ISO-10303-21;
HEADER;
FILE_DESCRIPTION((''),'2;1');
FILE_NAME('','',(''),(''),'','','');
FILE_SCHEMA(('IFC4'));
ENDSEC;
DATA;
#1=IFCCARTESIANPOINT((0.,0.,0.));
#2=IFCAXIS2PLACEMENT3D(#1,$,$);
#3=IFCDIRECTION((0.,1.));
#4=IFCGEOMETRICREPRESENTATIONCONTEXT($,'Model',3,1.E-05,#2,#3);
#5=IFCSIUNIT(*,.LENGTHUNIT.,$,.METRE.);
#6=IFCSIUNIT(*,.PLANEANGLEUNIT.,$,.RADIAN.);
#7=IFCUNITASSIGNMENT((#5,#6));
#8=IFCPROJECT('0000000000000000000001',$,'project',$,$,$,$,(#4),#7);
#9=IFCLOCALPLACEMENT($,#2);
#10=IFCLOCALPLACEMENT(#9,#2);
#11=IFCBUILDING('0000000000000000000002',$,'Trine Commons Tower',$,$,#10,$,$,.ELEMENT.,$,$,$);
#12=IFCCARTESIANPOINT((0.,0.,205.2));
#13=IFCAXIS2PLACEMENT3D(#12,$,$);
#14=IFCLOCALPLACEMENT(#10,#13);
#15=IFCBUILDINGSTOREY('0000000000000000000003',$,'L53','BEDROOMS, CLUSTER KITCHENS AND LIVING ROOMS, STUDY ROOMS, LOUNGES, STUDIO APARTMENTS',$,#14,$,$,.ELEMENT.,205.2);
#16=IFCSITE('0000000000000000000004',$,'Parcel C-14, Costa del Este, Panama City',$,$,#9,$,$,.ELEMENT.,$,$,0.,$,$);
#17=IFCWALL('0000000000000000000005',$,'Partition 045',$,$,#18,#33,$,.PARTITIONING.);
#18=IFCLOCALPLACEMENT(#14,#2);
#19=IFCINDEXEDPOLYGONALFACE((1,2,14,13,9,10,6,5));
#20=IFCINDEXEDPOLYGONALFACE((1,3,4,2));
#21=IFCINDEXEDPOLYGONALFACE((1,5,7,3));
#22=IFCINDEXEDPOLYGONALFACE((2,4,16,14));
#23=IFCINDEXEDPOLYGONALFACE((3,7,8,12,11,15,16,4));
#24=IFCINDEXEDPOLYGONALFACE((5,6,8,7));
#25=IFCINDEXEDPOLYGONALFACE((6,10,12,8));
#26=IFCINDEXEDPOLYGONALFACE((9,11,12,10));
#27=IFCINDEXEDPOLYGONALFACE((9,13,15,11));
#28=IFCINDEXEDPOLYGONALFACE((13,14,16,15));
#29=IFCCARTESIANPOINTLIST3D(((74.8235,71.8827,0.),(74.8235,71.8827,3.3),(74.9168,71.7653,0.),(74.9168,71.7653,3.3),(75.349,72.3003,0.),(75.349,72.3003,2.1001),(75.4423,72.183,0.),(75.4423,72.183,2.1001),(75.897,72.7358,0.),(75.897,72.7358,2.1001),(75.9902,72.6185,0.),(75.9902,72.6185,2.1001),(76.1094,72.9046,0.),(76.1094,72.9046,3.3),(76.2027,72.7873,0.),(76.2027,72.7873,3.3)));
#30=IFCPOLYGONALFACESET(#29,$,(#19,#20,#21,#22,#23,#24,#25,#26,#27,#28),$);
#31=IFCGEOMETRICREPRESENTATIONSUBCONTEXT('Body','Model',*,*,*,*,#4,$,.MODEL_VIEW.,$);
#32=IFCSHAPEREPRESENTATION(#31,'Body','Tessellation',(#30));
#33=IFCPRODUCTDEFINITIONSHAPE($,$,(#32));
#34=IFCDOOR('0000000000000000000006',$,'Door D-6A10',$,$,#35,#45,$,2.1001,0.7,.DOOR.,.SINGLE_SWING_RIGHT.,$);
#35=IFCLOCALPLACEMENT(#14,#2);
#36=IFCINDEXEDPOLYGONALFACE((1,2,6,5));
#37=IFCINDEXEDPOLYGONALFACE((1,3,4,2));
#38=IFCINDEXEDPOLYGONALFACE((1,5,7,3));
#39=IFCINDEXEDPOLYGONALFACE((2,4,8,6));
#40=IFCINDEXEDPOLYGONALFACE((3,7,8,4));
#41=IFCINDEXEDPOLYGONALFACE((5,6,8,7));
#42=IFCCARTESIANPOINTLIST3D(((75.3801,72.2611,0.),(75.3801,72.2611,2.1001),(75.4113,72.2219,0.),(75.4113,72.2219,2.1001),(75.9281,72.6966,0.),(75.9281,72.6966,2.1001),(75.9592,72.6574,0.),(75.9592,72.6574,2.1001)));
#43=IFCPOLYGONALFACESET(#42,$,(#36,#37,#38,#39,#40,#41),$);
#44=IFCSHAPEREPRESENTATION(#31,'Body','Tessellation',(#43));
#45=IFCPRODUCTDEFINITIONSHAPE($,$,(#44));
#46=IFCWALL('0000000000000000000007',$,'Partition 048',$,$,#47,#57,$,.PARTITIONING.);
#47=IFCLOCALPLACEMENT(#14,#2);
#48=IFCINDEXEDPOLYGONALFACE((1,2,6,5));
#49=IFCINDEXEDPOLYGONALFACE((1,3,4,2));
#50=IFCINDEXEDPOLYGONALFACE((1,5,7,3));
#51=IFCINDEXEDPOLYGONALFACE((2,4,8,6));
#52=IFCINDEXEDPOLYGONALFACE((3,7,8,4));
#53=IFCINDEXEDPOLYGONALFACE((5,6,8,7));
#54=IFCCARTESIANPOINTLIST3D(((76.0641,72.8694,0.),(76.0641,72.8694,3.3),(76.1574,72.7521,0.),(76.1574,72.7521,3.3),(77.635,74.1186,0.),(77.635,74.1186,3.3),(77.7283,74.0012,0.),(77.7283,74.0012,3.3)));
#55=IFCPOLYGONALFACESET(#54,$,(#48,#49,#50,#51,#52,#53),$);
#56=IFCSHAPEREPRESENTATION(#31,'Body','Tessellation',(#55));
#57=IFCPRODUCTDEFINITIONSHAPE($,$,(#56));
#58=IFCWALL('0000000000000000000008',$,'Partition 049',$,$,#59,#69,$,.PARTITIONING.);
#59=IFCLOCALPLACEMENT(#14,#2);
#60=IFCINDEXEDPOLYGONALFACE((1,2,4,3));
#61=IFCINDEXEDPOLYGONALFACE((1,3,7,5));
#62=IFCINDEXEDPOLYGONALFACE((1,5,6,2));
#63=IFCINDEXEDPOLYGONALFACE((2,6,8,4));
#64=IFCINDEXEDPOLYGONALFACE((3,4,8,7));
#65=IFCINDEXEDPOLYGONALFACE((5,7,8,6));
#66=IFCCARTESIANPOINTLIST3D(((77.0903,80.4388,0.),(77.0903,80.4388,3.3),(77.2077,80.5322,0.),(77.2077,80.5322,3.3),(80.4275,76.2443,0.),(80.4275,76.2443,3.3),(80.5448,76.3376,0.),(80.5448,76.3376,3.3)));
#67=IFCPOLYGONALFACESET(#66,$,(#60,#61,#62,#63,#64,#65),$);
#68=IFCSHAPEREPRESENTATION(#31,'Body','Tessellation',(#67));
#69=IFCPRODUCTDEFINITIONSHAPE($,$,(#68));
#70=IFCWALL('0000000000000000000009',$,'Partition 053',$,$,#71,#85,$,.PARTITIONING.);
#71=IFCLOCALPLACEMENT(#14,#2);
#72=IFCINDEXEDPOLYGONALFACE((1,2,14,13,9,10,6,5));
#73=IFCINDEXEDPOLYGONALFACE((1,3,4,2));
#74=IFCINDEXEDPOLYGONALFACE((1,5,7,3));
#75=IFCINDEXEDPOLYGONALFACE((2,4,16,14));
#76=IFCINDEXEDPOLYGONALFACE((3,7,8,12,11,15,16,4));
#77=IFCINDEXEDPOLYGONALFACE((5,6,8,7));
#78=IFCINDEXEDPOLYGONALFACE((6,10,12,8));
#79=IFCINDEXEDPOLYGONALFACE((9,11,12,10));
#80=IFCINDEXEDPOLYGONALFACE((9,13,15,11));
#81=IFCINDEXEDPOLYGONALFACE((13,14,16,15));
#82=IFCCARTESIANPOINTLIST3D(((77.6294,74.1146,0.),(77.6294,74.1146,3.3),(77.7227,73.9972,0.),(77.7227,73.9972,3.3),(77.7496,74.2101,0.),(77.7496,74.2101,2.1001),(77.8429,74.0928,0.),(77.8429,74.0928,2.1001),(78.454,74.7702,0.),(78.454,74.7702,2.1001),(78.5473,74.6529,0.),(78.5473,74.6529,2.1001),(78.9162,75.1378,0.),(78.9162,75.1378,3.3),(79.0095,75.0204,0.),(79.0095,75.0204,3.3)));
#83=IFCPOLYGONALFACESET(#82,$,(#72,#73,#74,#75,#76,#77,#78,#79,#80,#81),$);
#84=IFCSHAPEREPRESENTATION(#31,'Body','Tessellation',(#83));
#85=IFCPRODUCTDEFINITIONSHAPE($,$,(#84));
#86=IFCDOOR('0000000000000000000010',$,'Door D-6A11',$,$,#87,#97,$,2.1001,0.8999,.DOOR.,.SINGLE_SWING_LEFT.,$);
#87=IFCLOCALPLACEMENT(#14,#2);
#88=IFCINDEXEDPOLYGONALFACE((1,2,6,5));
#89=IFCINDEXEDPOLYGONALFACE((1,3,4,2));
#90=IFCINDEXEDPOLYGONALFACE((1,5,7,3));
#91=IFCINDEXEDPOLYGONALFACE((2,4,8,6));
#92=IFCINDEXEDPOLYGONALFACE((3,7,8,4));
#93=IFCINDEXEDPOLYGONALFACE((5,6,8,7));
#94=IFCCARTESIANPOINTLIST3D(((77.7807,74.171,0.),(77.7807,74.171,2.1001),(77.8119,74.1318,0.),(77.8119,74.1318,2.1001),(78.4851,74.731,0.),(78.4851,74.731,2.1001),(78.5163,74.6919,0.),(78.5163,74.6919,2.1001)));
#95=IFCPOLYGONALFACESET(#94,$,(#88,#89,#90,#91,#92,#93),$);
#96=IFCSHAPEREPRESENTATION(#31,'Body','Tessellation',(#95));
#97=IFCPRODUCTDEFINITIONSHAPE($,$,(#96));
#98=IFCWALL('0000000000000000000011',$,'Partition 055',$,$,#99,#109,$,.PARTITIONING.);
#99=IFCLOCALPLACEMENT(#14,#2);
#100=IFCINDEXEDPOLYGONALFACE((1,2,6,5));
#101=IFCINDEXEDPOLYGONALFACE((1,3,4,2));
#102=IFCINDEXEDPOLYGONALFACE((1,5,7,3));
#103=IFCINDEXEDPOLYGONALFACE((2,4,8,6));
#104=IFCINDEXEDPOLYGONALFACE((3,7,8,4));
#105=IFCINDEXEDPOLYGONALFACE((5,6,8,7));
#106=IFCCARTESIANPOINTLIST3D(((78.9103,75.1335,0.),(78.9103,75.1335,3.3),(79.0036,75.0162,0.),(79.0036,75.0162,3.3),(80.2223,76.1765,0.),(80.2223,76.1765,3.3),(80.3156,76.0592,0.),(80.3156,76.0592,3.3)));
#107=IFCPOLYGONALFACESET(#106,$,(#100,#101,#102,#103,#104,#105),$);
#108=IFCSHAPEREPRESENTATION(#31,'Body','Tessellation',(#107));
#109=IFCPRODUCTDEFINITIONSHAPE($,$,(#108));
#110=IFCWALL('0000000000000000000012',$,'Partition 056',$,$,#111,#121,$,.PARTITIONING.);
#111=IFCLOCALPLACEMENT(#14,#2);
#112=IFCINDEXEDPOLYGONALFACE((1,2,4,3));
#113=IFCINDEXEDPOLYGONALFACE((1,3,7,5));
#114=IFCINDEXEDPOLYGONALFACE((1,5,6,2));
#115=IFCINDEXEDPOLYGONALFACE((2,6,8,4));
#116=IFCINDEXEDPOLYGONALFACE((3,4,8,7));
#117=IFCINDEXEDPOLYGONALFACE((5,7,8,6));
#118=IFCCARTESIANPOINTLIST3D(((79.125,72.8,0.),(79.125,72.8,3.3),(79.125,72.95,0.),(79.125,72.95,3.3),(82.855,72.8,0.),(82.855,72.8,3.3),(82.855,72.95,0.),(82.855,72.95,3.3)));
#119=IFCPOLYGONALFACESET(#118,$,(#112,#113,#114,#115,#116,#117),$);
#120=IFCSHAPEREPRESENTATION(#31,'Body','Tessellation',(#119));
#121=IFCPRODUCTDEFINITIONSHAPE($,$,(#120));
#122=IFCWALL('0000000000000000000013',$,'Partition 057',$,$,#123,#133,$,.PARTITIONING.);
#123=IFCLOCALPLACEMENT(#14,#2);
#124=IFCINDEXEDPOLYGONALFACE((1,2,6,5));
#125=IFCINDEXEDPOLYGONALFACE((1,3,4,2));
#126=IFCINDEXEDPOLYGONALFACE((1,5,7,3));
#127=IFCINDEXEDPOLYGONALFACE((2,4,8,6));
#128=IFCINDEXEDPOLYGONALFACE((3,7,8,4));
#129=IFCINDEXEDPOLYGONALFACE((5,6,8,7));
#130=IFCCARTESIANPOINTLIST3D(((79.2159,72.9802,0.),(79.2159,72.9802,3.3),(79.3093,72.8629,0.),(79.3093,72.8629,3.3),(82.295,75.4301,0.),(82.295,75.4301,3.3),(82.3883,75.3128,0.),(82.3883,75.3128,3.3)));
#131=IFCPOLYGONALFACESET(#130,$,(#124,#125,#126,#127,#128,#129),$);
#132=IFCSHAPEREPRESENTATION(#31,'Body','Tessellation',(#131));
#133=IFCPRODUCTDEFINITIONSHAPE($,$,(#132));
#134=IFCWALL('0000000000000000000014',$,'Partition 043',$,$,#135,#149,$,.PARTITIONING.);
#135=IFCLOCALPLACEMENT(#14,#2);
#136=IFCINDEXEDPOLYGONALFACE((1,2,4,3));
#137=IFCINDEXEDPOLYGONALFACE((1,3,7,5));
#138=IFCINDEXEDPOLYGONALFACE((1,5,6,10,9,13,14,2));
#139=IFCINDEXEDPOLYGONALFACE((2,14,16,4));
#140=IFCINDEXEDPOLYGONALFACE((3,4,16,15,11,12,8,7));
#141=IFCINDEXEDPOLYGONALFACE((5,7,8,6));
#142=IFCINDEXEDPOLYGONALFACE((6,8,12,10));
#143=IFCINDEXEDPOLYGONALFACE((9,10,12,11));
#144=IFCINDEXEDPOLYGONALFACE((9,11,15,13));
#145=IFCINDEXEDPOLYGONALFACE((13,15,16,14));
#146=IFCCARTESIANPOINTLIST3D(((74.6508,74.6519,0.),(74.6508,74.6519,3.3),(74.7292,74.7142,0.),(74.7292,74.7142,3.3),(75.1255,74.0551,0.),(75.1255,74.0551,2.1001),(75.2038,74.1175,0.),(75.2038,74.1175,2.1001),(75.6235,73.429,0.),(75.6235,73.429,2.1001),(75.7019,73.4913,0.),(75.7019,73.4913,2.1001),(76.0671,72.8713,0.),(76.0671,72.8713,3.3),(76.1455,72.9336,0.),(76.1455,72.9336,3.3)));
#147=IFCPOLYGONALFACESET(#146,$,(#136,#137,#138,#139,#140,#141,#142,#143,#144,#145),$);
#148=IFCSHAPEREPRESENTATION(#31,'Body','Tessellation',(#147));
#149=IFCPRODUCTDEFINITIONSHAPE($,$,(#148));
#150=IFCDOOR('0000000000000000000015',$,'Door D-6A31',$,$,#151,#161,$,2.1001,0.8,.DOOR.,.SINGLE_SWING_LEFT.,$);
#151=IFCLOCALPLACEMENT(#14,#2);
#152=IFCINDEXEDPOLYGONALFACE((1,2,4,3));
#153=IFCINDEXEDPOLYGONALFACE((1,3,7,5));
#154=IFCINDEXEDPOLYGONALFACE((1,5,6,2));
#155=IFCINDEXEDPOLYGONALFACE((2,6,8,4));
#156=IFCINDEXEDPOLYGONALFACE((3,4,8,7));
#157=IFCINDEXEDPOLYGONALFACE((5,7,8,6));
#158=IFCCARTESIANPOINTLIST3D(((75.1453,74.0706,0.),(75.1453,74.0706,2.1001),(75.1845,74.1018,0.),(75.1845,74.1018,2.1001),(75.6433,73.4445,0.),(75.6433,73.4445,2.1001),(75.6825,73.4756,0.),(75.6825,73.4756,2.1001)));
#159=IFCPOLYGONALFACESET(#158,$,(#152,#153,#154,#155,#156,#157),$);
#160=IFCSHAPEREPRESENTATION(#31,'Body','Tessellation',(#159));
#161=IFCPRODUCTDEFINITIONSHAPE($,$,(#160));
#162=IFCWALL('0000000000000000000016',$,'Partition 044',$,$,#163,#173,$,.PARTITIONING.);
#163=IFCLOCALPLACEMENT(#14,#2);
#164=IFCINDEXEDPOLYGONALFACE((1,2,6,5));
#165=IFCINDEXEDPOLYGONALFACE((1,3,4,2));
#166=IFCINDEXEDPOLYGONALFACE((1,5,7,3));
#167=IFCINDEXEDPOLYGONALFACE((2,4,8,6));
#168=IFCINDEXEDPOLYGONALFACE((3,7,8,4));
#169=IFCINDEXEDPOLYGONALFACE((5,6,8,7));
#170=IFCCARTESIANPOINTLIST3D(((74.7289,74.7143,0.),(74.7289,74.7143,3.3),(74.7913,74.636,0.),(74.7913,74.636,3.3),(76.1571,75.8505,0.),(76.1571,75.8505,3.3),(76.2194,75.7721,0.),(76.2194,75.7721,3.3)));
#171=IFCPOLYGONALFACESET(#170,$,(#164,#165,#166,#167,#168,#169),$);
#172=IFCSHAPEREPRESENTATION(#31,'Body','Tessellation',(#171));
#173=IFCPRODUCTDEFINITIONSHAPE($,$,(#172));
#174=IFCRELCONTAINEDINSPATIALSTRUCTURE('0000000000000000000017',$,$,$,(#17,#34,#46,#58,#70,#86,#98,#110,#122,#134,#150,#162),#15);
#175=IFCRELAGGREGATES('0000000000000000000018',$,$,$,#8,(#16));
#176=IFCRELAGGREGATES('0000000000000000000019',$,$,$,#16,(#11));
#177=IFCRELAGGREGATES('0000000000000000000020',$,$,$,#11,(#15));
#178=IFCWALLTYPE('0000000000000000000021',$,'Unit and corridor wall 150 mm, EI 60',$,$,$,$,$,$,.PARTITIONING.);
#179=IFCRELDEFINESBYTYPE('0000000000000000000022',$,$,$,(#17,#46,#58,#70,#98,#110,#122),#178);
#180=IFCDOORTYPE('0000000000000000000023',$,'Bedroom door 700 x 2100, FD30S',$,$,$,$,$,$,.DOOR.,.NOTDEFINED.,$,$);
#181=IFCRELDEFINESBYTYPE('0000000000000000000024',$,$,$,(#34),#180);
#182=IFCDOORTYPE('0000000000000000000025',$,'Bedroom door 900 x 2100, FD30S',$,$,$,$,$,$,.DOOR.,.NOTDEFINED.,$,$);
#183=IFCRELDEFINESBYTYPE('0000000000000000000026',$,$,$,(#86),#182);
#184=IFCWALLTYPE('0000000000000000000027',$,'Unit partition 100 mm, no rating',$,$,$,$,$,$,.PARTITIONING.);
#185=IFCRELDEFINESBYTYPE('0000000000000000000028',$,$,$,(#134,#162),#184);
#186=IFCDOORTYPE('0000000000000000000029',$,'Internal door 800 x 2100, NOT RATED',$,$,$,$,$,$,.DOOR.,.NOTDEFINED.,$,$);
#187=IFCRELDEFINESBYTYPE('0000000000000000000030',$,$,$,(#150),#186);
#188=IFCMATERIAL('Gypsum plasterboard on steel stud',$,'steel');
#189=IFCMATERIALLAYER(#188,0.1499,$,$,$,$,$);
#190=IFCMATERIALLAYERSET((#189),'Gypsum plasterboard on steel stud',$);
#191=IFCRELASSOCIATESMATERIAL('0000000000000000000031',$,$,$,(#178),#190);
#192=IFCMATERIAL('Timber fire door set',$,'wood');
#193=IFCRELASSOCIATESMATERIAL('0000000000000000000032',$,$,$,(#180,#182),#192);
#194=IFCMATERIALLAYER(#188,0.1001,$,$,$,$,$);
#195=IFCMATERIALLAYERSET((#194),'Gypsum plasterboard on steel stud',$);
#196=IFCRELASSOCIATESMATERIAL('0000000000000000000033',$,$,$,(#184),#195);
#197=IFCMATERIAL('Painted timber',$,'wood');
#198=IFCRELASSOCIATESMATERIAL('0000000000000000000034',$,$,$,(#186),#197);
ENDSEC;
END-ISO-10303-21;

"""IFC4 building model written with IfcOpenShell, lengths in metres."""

from ifc_helpers import new_model, si_unit, direction, frame, frame_2d, origin, place, context, subcontext, project, spatial, rectangle, extrude, material, layer, layer_set, type_object, element, fill, save


model = new_model("IFC4")

# Units and contexts
model_context = context("Model", 3, precision=1e-05, world=origin(), true_north=direction((0.0, 1.0)))
body_context = subcontext(model_context, "Body", "Model", "MODEL_VIEW")
ifc_project = project(units=[si_unit("LENGTHUNIT", "METRE"), si_unit("PLANEANGLEUNIT", "RADIAN")], contexts=[model_context])

# Site, building, storey
site_placement = place(None, origin())
site = spatial("IfcSite", under=ifc_project, at=site_placement, Name="Parcel C-14, Costa del Este, Panama City", CompositionType="ELEMENT", RefElevation=0.0)
building_placement = place(site_placement, origin())
building = spatial("IfcBuilding", under=site, at=building_placement, Name="Trine Commons Tower", CompositionType="ELEMENT")
storey_placement = place(building_placement, frame((0.0, 0.0, 205.2)))
storey = spatial("IfcBuildingStorey", under=building, at=storey_placement, Name="L53", Description="BEDROOMS, CLUSTER KITCHENS AND LIVING ROOMS, STUDY ROOMS, LOUNGES, STUDIO APARTMENTS", CompositionType="ELEMENT", Elevation=205.2)

# Shared definitions
ifc_material_1 = material(Name="Gypsum plasterboard on steel stud", Category="steel")
ifc_layer_1 = layer(ifc_material_1, 0.1499)
ifc_layer_set_1 = layer_set([ifc_layer_1], Name="Gypsum plasterboard on steel stud")
wall_type_1 = type_object("IfcWallType", Name="Unit and corridor wall 150 mm, EI 60", PredefinedType="PARTITIONING", material=ifc_layer_set_1)

# Shared definitions
ifc_material_2 = material(Name="Painted timber", Category="wood")

# Wall, opening, door
wall_1_placement = place(storey_placement, frame((74.8701, 71.824, 0.0), z_axis=(0.0, 0.0, 1.0), x_axis=(0.782866, 0.62219, 0.0)))
wall_1 = element("IfcWall", 1, at=wall_1_placement, inside=storey, type_object=wall_type_1, Name="Partition 045", PredefinedType="PARTITIONING", context=body_context, shape_type="SweptSolid", body=[
    extrude(rectangle(XDim=1.6426, YDim=0.1499, at=frame_2d((0.8213, 0.0))), origin(), (0.0, 0.0, 1.0), 3.3),
])
opening_1_placement = place(wall_1_placement, frame((0.6711, 0.0, 0.0)))
opening_1 = element("IfcOpeningElement", 2, at=opening_1_placement, cuts=wall_1, PredefinedType="OPENING", context=body_context, shape_type="SweptSolid", body=[
    extrude(rectangle(XDim=0.7, YDim=2.1001, at=frame_2d((0.3501, 1.05))), frame((0.0, 0.085, 0.0), z_axis=(0.0, -1.0, 0.0), x_axis=(1.0, 0.0, 0.0)), (0.0, 0.0, 1.0), 0.1699),
])
ifc_material_3 = material(Name="Timber fire door set", Category="wood")
door_type_1 = type_object("IfcDoorType", Name="Bedroom door 700 x 2100, FD30S", OperationType="NOTDEFINED", PredefinedType="DOOR", material=ifc_material_3)
door_1_placement = place(opening_1_placement, origin())
door_1 = element("IfcDoor", 3, at=door_1_placement, inside=storey, type_object=door_type_1, Name="Door D-6A10", OperationType="SINGLE_SWING_RIGHT", OverallHeight=2.1001, OverallWidth=0.7, PredefinedType="DOOR", context=body_context, shape_type="SweptSolid", body=[
    extrude(rectangle(XDim=0.7, YDim=2.1001, at=frame_2d((0.3501, 1.05))), frame((0.0, 0.0249, 0.0), z_axis=(0.0, -1.0, 0.0), x_axis=(1.0, 0.0, 0.0)), (0.0, 0.0, 1.0), 0.05),
])
fill(opening_1, door_1)

# Walls
wall_2_placement = place(storey_placement, frame((76.1108, 72.8108, 0.0), z_axis=(0.0, 0.0, 1.0), x_axis=(0.782705, 0.622393, 0.0)))
element("IfcWall", 4, at=wall_2_placement, inside=storey, type_object=wall_type_1, Name="Partition 048", PredefinedType="PARTITIONING", context=body_context, shape_type="SweptSolid", body=[
    extrude(rectangle(XDim=2.0071, YDim=0.1499, at=frame_2d((1.0034, 0.0))), origin(), (0.0, 0.0, 1.0), 3.3),
])
wall_3_placement = place(storey_placement, frame((77.1489, 80.4856, 0.0), z_axis=(0.0, 0.0, 1.0), x_axis=(0.622588, -0.78255, 0.0)))
element("IfcWall", 5, at=wall_3_placement, inside=storey, type_object=wall_type_1, Name="Partition 049", PredefinedType="PARTITIONING", context=body_context, shape_type="SweptSolid", body=[
    extrude(rectangle(XDim=5.3601, YDim=0.1499, at=frame_2d((2.6802, 0.0))), origin(), (0.0, 0.0, 1.0), 3.3),
])

# Wall, opening, door
wall_4_placement = place(storey_placement, frame((77.676, 74.0559, 0.0), z_axis=(0.0, 0.0, 1.0), x_axis=(0.782734, 0.622356, 0.0)))
wall_4 = element("IfcWall", 6, at=wall_4_placement, inside=storey, type_object=wall_type_1, Name="Partition 053", PredefinedType="PARTITIONING", context=body_context, shape_type="SweptSolid", body=[
    extrude(rectangle(XDim=1.644, YDim=0.1499, at=frame_2d((0.822, 0.0))), origin(), (0.0, 0.0, 1.0), 3.3),
])
opening_2_placement = place(wall_4_placement, frame((0.1536, 0.0, 0.0)))
opening_2 = element("IfcOpeningElement", 7, at=opening_2_placement, cuts=wall_4, PredefinedType="OPENING", context=body_context, shape_type="SweptSolid", body=[
    extrude(rectangle(XDim=0.8999, YDim=2.1001, at=frame_2d((0.45, 1.05))), frame((0.0, 0.085, 0.0), z_axis=(0.0, -1.0, 0.0), x_axis=(1.0, 0.0, 0.0)), (0.0, 0.0, 1.0), 0.1699),
])
door_type_2 = type_object("IfcDoorType", Name="Bedroom door 900 x 2100, FD30S", OperationType="NOTDEFINED", PredefinedType="DOOR", material=ifc_material_3)
door_2_placement = place(opening_2_placement, origin())
door_2 = element("IfcDoor", 8, at=door_2_placement, inside=storey, type_object=door_type_2, Name="Door D-6A11", OperationType="SINGLE_SWING_LEFT", OverallHeight=2.1001, OverallWidth=0.8999, PredefinedType="DOOR", context=body_context, shape_type="SweptSolid", body=[
    extrude(rectangle(XDim=0.8999, YDim=2.1001, at=frame_2d((0.45, 1.05))), frame((0.0, 0.0249, 0.0), z_axis=(0.0, -1.0, 0.0), x_axis=(1.0, 0.0, 0.0)), (0.0, 0.0, 1.0), 0.05),
])
fill(opening_2, door_2)

# Walls
wall_5_placement = place(storey_placement, frame((78.957, 75.075, 0.0), z_axis=(0.0, 0.0, 1.0), x_axis=(0.782798, 0.622276, 0.0)))
element("IfcWall", 9, at=wall_5_placement, inside=storey, type_object=wall_type_1, Name="Partition 055", PredefinedType="PARTITIONING", context=body_context, shape_type="SweptSolid", body=[
    extrude(rectangle(XDim=1.676, YDim=0.1499, at=frame_2d((0.8379, 0.0))), origin(), (0.0, 0.0, 1.0), 3.3),
])
wall_6_placement = place(storey_placement, frame((79.125, 72.875, 0.0), z_axis=(0.0, 0.0, 1.0), x_axis=(1.0, 0.0, 0.0)))
element("IfcWall", 10, at=wall_6_placement, inside=storey, type_object=wall_type_1, Name="Partition 056", PredefinedType="PARTITIONING", context=body_context, shape_type="SweptSolid", body=[
    extrude(rectangle(XDim=3.73, YDim=0.1499, at=frame_2d((1.865, 0.0))), origin(), (0.0, 0.0, 1.0), 3.3),
])
wall_7_placement = place(storey_placement, frame((79.2627, 72.9216, 0.0), z_axis=(0.0, 0.0, 1.0), x_axis=(0.782519, 0.622627, 0.0)))
element("IfcWall", 11, at=wall_7_placement, inside=storey, type_object=wall_type_1, Name="Partition 057", PredefinedType="PARTITIONING", context=body_context, shape_type="SweptSolid", body=[
    extrude(rectangle(XDim=3.9348, YDim=0.1499, at=frame_2d((1.9673, 0.0))), origin(), (0.0, 0.0, 1.0), 3.3),
])

# Wall, opening, door
ifc_layer_2 = layer(ifc_material_1, 0.1001)
ifc_layer_set_2 = layer_set([ifc_layer_2], Name="Gypsum plasterboard on steel stud")
wall_type_2 = type_object("IfcWallType", Name="Unit partition 100 mm, no rating", PredefinedType="PARTITIONING", material=ifc_layer_set_2)
wall_8_placement = place(storey_placement, frame((74.6899, 74.6831, 0.0), z_axis=(0.0, 0.0, 1.0), x_axis=(0.622507, -0.782614, 0.0)))
wall_8 = element("IfcWall", 12, at=wall_8_placement, inside=storey, type_object=wall_type_2, Name="Partition 043", PredefinedType="PARTITIONING", context=body_context, shape_type="SweptSolid", body=[
    extrude(rectangle(XDim=2.2751, YDim=0.1001, at=frame_2d((1.1377, 0.0))), origin(), (0.0, 0.0, 1.0), 3.3),
])
opening_3_placement = place(wall_8_placement, frame((0.7627, 0.0, 0.0)))
opening_3 = element("IfcOpeningElement", 13, at=opening_3_placement, cuts=wall_8, PredefinedType="OPENING", context=body_context, shape_type="SweptSolid", body=[
    extrude(rectangle(XDim=0.8, YDim=2.1001, at=frame_2d((0.3999, 1.05))), frame((0.0, 0.0601, 0.0), z_axis=(0.0, -1.0, 0.0), x_axis=(1.0, 0.0, 0.0)), (0.0, 0.0, 1.0), 0.1201),
])
door_type_3 = type_object("IfcDoorType", Name="Internal door 800 x 2100, NOT RATED", OperationType="NOTDEFINED", PredefinedType="DOOR", material=ifc_material_2)
door_3_placement = place(opening_3_placement, frame((0.8, 0.0, 0.0), z_axis=(0.0, 0.0, 1.0), x_axis=(-1.0, 0.0, 0.0)))
door_3 = element("IfcDoor", 14, at=door_3_placement, inside=storey, type_object=door_type_3, Name="Door D-6A31", OperationType="SINGLE_SWING_LEFT", OverallHeight=2.1001, OverallWidth=0.8, PredefinedType="DOOR", context=body_context, shape_type="SweptSolid", body=[
    extrude(rectangle(XDim=0.8, YDim=2.1001, at=frame_2d((0.3999, 1.05))), frame((0.0, 0.0249, 0.0), z_axis=(0.0, -1.0, 0.0), x_axis=(1.0, 0.0, 0.0)), (0.0, 0.0, 1.0), 0.05),
])
fill(opening_3, door_3)

# Wall
wall_9_placement = place(storey_placement, frame((74.76, 74.675, 0.0), z_axis=(0.0, 0.0, 1.0), x_axis=(0.782563, 0.622572, 0.0)))
element("IfcWall", 15, at=wall_9_placement, inside=storey, type_object=wall_type_2, Name="Partition 044", PredefinedType="PARTITIONING", context=body_context, shape_type="SweptSolid", body=[
    extrude(rectangle(XDim=1.825, YDim=0.1001, at=frame_2d((0.9126, 0.0))), origin(), (0.0, 0.0, 1.0), 3.3),
])

save(model, "model.ifc")
